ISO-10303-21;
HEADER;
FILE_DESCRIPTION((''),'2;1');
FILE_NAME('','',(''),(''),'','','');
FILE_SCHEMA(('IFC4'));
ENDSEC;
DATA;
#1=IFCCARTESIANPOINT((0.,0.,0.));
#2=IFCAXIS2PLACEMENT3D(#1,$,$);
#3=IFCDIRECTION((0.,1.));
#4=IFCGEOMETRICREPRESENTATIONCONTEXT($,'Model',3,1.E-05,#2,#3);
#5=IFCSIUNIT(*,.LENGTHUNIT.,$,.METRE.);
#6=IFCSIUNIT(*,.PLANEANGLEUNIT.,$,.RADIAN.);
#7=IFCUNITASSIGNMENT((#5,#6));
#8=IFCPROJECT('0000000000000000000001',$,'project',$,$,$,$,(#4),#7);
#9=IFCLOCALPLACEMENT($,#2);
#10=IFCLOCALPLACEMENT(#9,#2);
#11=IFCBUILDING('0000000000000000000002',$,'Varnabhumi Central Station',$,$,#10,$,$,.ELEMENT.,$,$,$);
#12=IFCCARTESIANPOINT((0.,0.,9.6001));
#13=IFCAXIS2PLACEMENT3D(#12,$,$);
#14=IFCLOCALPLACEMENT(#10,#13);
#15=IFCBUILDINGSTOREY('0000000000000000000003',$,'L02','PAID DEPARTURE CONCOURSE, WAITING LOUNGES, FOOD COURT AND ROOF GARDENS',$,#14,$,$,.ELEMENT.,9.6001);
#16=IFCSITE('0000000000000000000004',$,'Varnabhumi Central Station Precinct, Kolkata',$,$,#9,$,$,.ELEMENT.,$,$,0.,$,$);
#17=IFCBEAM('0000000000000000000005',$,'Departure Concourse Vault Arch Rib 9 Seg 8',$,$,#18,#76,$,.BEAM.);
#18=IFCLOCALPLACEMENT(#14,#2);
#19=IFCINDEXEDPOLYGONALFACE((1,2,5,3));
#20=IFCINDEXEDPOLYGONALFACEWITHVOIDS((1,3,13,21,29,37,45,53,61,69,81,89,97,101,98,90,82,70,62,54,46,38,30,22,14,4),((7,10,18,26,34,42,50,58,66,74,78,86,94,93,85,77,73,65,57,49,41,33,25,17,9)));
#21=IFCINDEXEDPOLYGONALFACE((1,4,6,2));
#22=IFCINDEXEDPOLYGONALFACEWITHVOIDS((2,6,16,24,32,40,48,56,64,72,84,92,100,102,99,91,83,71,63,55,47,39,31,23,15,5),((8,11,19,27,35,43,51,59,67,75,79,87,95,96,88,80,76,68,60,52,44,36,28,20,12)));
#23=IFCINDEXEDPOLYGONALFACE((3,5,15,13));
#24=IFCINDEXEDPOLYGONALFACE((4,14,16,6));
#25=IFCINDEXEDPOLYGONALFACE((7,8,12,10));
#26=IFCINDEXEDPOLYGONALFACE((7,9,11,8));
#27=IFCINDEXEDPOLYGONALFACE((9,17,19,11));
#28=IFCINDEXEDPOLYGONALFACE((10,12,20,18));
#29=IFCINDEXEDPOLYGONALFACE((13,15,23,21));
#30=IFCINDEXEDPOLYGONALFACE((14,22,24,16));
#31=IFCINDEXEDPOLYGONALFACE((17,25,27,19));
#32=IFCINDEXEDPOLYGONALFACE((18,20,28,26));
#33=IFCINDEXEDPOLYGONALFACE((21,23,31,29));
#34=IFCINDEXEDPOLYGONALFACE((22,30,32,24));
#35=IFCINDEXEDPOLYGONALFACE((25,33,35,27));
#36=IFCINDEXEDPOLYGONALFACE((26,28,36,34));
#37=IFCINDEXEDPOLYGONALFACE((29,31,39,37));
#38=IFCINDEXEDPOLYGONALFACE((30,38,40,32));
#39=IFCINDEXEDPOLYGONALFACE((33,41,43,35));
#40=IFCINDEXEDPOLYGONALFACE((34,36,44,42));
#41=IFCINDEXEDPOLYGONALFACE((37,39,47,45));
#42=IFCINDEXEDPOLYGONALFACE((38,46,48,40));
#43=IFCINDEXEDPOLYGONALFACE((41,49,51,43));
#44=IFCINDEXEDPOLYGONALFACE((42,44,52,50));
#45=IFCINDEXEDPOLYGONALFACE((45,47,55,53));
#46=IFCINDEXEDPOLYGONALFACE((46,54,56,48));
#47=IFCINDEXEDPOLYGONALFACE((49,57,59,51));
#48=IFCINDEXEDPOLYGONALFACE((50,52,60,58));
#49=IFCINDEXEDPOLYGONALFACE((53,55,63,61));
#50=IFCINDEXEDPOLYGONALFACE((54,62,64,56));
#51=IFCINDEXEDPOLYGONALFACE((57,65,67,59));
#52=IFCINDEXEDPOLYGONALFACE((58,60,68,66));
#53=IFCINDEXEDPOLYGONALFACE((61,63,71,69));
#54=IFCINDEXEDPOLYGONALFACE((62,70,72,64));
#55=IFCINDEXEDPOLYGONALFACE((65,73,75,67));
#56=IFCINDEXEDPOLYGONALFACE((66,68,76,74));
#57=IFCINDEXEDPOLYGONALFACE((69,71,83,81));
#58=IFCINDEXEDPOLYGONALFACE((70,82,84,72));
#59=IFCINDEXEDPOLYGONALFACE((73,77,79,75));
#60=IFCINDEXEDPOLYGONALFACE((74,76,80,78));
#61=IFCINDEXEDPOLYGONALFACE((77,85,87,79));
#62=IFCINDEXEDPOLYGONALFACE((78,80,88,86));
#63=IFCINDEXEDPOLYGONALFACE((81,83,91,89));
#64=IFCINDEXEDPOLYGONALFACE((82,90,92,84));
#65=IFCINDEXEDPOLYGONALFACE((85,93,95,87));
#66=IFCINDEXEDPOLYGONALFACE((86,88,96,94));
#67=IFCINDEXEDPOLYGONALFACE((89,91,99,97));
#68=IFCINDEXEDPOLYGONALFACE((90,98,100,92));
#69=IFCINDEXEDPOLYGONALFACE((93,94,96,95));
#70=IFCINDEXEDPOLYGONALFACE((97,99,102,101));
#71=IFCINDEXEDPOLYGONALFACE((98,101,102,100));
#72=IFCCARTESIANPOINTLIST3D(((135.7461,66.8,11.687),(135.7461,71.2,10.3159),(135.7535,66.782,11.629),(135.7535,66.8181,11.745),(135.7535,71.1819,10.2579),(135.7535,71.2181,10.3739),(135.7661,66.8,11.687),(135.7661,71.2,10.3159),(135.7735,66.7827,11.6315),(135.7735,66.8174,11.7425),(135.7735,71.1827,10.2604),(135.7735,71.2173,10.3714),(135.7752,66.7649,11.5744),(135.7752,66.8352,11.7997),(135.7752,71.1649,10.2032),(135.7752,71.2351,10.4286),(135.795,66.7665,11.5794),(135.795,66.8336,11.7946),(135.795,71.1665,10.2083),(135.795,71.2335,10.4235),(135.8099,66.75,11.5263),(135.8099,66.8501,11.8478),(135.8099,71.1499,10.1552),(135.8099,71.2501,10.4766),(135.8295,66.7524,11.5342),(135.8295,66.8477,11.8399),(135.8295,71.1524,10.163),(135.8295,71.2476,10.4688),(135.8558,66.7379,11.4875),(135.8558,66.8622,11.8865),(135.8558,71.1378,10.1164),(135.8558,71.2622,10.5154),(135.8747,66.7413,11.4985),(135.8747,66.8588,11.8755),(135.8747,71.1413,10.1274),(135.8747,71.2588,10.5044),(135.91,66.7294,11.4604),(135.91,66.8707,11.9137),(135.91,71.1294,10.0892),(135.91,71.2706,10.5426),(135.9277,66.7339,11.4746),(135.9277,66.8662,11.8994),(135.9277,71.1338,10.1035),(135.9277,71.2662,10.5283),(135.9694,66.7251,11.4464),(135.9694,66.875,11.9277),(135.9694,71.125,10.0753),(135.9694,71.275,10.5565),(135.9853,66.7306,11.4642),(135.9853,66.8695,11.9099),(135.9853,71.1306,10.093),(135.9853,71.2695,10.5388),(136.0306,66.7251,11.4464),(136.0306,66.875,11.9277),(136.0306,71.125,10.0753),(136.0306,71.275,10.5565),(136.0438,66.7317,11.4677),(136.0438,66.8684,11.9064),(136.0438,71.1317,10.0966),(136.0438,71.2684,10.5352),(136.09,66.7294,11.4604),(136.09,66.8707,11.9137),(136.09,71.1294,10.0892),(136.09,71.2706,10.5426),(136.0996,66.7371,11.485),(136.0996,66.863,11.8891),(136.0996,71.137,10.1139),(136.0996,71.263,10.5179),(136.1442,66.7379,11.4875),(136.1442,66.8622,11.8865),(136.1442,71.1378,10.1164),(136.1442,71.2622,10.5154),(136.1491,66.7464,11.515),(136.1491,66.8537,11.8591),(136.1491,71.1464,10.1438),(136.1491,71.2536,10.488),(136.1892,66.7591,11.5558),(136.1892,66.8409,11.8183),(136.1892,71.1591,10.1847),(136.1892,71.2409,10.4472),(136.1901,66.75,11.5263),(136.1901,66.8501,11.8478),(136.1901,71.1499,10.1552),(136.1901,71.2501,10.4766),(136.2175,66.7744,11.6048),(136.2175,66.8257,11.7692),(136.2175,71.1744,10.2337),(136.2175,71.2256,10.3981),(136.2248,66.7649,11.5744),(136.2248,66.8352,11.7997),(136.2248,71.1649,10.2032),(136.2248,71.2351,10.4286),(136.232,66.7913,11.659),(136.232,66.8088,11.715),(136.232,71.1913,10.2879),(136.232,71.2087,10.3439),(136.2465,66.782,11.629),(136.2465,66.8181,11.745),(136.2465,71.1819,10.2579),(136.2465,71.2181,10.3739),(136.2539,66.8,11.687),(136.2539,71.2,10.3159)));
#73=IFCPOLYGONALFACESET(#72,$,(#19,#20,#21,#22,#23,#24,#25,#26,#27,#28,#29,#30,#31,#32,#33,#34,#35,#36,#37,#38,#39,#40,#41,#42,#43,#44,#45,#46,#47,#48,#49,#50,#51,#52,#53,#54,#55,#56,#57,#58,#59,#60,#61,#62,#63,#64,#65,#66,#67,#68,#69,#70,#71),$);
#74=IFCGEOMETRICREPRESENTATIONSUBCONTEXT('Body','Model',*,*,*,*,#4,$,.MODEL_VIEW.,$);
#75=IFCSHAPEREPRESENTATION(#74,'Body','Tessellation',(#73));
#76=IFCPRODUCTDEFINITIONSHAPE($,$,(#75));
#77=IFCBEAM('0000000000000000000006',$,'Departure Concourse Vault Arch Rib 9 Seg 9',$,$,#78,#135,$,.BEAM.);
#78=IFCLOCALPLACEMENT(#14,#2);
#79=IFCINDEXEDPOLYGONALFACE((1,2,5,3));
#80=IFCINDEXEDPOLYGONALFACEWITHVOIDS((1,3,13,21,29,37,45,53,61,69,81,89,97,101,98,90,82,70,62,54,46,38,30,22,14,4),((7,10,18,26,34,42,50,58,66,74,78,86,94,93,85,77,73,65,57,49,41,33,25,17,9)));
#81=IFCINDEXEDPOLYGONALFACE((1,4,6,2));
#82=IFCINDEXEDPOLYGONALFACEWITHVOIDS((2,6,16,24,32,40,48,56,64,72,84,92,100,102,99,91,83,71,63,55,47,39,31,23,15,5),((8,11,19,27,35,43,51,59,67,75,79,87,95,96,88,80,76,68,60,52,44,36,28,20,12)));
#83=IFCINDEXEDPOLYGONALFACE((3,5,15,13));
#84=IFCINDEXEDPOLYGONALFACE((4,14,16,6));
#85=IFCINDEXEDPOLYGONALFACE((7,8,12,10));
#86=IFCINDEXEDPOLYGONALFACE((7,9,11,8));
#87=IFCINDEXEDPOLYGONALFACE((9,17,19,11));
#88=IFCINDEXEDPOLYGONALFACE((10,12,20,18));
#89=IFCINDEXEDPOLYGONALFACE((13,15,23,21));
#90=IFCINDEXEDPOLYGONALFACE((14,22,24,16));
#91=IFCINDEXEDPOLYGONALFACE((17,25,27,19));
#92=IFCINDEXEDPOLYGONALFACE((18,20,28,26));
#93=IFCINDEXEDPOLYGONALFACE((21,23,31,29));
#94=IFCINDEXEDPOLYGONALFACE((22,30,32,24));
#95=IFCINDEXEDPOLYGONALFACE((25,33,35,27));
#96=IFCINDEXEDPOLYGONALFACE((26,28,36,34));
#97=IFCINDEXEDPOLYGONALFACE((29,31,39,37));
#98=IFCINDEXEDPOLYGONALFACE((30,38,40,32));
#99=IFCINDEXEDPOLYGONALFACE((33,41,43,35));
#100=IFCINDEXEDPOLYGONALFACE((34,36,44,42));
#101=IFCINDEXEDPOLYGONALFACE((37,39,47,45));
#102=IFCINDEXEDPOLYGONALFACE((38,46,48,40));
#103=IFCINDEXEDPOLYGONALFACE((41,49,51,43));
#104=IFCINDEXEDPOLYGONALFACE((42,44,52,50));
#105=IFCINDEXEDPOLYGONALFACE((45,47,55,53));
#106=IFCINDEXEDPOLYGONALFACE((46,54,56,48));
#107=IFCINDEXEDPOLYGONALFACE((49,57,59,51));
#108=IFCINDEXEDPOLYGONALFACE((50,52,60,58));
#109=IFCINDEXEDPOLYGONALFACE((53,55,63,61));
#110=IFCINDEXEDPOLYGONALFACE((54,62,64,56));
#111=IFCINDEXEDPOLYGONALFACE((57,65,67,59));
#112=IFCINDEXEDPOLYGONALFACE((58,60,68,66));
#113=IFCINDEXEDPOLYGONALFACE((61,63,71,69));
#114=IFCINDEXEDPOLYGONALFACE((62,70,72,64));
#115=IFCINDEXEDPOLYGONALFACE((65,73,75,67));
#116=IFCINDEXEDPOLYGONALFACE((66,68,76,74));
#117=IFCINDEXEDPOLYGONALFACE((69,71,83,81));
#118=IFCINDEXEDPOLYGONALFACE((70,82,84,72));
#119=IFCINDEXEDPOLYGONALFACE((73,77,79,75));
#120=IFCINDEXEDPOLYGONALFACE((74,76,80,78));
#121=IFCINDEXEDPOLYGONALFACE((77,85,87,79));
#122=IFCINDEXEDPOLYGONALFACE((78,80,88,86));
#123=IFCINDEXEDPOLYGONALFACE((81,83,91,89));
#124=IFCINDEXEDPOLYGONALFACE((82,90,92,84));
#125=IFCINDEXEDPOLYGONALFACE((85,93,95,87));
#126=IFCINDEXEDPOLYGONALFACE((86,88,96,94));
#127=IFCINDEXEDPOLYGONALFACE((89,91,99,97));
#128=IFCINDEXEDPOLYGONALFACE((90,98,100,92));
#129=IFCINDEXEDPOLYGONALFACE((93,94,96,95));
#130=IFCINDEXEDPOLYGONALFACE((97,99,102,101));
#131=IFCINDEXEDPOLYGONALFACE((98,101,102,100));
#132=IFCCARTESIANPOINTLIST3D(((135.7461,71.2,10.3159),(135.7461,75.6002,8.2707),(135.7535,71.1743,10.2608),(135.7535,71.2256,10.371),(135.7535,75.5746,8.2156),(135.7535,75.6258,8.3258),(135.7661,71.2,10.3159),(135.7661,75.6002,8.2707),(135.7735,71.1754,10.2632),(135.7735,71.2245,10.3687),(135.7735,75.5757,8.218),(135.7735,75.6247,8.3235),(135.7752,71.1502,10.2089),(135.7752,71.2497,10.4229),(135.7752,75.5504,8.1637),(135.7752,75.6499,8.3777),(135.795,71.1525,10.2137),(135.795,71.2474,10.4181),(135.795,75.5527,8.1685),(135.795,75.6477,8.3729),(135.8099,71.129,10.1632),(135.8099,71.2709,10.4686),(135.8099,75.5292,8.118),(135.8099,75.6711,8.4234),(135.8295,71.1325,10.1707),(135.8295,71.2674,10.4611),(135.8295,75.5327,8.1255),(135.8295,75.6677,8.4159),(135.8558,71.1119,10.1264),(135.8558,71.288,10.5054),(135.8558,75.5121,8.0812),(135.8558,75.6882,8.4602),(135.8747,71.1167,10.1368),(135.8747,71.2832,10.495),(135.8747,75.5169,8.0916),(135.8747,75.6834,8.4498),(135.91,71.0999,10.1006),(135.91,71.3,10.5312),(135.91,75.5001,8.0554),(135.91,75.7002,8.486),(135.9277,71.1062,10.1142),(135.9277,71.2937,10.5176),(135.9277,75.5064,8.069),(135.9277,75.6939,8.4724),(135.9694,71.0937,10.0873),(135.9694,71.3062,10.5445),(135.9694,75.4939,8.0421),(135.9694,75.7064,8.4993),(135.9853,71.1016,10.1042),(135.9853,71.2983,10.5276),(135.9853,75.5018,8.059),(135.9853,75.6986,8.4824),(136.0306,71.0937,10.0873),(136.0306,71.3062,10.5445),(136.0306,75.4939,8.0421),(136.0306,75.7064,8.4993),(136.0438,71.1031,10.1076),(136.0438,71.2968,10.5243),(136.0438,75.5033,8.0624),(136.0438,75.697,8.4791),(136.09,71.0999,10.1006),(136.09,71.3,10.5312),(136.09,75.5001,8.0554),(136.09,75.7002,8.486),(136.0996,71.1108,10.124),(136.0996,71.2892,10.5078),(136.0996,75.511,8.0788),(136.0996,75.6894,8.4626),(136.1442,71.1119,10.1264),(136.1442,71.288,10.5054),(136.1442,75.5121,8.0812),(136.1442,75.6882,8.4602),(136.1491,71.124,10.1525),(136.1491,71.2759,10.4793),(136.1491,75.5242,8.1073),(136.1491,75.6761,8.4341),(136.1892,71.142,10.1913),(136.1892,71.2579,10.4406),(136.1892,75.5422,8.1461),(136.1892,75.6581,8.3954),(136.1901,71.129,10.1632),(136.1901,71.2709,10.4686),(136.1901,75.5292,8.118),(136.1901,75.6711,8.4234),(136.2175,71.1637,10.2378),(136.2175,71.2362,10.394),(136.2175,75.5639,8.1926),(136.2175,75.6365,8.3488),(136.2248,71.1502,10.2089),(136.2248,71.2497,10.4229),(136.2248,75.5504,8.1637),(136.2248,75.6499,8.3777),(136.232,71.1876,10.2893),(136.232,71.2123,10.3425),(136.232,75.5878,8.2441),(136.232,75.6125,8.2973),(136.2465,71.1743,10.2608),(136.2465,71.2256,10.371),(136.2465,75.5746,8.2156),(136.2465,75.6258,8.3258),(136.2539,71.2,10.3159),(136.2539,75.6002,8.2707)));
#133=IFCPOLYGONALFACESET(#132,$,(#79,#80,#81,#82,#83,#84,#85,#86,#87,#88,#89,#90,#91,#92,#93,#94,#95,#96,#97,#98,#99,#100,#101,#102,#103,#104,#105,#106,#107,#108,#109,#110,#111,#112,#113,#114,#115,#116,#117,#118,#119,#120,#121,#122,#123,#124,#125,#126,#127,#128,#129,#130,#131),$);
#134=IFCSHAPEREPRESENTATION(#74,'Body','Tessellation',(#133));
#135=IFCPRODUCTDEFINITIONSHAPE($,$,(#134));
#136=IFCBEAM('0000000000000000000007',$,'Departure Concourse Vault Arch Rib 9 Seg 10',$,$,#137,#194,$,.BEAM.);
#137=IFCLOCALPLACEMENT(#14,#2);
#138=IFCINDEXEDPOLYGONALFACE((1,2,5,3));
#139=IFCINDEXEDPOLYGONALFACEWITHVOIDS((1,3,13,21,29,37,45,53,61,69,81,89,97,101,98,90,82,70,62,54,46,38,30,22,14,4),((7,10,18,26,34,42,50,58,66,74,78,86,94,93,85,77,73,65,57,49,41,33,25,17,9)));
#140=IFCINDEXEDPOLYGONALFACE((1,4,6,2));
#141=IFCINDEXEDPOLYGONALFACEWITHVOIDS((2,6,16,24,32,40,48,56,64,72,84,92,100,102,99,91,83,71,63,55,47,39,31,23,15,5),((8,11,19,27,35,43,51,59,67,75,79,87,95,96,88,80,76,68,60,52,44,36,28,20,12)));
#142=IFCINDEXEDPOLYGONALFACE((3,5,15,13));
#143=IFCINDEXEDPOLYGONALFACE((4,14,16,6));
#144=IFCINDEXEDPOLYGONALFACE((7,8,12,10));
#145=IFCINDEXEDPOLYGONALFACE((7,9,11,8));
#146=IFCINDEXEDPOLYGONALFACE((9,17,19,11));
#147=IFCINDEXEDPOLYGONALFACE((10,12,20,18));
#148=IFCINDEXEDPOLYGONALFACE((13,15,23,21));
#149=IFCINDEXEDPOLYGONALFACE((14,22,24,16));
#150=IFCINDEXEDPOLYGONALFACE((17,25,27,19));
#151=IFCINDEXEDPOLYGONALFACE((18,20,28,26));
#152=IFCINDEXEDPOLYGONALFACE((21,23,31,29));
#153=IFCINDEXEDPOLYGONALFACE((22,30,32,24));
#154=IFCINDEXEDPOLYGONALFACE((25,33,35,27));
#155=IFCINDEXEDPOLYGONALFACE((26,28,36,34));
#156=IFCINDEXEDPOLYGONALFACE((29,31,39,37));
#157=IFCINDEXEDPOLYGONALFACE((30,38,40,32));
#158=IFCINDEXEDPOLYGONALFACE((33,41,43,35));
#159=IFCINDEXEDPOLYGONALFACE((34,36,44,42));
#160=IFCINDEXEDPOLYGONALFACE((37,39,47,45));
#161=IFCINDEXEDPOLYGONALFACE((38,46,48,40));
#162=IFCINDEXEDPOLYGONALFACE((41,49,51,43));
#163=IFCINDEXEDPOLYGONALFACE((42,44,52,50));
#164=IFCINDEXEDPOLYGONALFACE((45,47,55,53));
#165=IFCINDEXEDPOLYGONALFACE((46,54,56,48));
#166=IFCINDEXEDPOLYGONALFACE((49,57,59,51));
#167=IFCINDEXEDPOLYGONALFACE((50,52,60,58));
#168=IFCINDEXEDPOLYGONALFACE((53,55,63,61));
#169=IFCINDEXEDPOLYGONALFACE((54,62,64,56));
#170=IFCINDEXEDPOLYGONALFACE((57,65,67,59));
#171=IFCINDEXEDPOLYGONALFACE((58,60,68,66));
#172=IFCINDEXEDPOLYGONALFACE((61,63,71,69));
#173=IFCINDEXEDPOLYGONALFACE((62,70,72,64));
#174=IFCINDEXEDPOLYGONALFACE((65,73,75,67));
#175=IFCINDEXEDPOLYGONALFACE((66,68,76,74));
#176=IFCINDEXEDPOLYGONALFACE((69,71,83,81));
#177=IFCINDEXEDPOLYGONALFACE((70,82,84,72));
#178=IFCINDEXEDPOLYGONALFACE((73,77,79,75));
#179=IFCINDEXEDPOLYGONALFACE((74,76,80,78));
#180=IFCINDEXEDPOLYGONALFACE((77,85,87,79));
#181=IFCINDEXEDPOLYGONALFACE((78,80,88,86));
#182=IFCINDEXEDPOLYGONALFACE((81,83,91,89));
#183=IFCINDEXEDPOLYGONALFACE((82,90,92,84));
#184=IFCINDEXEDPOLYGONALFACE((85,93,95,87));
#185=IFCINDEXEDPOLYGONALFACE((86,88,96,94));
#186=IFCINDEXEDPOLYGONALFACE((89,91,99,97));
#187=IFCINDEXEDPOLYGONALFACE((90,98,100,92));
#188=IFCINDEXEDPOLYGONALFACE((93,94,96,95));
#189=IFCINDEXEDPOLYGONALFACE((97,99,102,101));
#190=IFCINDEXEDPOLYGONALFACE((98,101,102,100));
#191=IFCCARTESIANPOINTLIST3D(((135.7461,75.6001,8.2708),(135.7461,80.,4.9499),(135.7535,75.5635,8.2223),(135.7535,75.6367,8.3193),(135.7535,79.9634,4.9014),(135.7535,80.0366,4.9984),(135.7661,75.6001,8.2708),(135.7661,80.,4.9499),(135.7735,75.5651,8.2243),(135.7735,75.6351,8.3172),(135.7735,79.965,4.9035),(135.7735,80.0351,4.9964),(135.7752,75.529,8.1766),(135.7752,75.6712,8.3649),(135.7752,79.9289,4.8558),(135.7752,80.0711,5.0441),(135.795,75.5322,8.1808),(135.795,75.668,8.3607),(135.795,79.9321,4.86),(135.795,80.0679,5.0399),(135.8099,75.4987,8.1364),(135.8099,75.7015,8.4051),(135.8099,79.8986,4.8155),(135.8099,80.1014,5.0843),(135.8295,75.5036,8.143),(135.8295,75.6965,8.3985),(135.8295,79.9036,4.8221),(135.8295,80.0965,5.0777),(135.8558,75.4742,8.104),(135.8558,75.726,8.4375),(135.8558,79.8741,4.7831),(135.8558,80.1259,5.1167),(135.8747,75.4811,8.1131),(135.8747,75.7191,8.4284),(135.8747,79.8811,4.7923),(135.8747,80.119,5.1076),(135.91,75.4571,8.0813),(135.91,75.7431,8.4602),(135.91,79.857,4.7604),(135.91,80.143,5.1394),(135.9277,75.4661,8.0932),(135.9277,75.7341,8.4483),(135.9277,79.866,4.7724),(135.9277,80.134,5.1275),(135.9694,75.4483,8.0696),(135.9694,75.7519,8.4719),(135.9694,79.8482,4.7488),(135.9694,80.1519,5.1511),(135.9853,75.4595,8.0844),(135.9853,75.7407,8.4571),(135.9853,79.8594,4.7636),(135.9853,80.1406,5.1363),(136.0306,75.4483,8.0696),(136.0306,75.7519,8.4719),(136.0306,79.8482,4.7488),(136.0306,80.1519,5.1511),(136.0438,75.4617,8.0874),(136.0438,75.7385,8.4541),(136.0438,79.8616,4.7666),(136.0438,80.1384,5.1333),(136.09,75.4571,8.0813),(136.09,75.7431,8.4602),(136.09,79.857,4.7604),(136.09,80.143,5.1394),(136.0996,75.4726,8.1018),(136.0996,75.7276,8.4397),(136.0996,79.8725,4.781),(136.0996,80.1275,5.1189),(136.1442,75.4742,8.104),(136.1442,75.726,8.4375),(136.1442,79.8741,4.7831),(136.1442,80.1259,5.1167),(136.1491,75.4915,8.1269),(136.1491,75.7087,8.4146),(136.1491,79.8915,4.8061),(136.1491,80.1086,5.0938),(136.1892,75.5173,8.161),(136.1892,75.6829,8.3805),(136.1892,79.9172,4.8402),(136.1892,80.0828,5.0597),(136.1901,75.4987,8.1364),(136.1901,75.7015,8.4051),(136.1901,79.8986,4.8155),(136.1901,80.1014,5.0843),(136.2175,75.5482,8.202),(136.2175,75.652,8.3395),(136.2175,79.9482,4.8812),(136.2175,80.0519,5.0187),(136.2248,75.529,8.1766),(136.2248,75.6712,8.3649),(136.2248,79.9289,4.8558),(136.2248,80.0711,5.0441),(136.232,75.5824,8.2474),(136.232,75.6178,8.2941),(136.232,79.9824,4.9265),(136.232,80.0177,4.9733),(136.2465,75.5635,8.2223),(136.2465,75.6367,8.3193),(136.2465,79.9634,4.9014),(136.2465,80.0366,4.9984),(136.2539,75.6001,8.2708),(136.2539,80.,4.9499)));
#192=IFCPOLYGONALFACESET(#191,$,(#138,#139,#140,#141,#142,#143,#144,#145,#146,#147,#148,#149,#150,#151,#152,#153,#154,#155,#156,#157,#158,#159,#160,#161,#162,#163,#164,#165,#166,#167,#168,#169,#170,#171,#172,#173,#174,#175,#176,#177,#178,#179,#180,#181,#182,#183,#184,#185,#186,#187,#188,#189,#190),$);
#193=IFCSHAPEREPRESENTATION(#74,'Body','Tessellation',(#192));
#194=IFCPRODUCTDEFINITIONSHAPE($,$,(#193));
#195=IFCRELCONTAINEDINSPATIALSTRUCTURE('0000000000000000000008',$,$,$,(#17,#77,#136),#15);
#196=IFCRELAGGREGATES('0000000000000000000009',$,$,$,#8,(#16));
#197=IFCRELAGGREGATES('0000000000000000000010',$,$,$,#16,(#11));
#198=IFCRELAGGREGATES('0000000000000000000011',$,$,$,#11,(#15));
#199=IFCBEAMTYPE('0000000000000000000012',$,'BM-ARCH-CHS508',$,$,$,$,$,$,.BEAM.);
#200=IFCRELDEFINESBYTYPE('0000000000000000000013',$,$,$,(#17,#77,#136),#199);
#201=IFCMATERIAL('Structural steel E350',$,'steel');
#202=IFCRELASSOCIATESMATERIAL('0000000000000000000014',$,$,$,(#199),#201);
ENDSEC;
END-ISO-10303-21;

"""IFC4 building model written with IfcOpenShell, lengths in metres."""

from ifc_helpers import new_model, si_unit, direction, frame, origin, origin_2d, place, context, subcontext, project, spatial, hollow_circle, extrude, material, material_profile, profile_set, type_object, element, save


model = new_model("IFC4")

# Units and contexts
model_context = context("Model", 3, precision=1e-05, world=origin(), true_north=direction((0.0, 1.0)))
body_context = subcontext(model_context, "Body", "Model", "MODEL_VIEW")
ifc_project = project(units=[si_unit("LENGTHUNIT", "METRE"), si_unit("PLANEANGLEUNIT", "RADIAN")], contexts=[model_context])

# Site, building, storey
site_placement = place(None, origin())
site = spatial("IfcSite", under=ifc_project, at=site_placement, Name="Varnabhumi Central Station Precinct, Kolkata", CompositionType="ELEMENT", RefElevation=0.0)
building_placement = place(site_placement, origin())
building = spatial("IfcBuilding", under=site, at=building_placement, Name="Varnabhumi Central Station", CompositionType="ELEMENT")
storey_placement = place(building_placement, frame((0.0, 0.0, 9.6001)))
storey = spatial("IfcBuildingStorey", under=building, at=storey_placement, Name="L02", Description="PAID DEPARTURE CONCOURSE, WAITING LOUNGES, FOOD COURT AND ROOF GARDENS", CompositionType="ELEMENT", Elevation=9.6001)

# Beams
ifc_material_1 = material(Name="Structural steel E350", Category="steel")
ifc_material_profile_1 = material_profile(ifc_material_1, hollow_circle(Radius=0.2539, WallThickness=0.02, at=origin_2d()), Name="Structural steel E350", Category="steel")
ifc_profile_set_1 = profile_set([ifc_material_profile_1], Name="Structural steel E350")
beam_type_1 = type_object("IfcBeamType", Name="BM-ARCH-CHS508", PredefinedType="BEAM", material=ifc_profile_set_1)
beam_1_placement = place(storey_placement, frame((136.0, 66.8, 11.687), z_axis=(0.0, 0.954719, -0.297509), x_axis=(-1.0, 0.0, 0.0)))
element("IfcBeam", 1, at=beam_1_placement, inside=storey, type_object=beam_type_1, Name="Departure Concourse Vault Arch Rib 9 Seg 8", PredefinedType="BEAM", context=body_context, shape_type="SweptSolid", body=[
    extrude(hollow_circle(Radius=0.2539, WallThickness=0.02, at=origin_2d()), origin(), (0.0, 0.0, 1.0), 4.6086),
])
beam_2_placement = place(storey_placement, frame((136.0, 71.2, 10.3159), z_axis=(0.0, 0.906832, -0.421491), x_axis=(-1.0, 0.0, 0.0)))
element("IfcBeam", 2, at=beam_2_placement, inside=storey, type_object=beam_type_1, Name="Departure Concourse Vault Arch Rib 9 Seg 9", PredefinedType="BEAM", context=body_context, shape_type="SweptSolid", body=[
    extrude(hollow_circle(Radius=0.2539, WallThickness=0.02, at=origin_2d()), origin(), (0.0, 0.0, 1.0), 4.8523),
])
beam_3_placement = place(storey_placement, frame((136.0, 75.6001, 8.2708), z_axis=(0.0, 0.798179, -0.602421), x_axis=(-1.0, 0.0, 0.0)))
element("IfcBeam", 3, at=beam_3_placement, inside=storey, type_object=beam_type_1, Name="Departure Concourse Vault Arch Rib 9 Seg 10", PredefinedType="BEAM", context=body_context, shape_type="SweptSolid", body=[
    extrude(hollow_circle(Radius=0.2539, WallThickness=0.02, at=origin_2d()), origin(), (0.0, 0.0, 1.0), 5.5125),
])

save(model, "model.ifc")
